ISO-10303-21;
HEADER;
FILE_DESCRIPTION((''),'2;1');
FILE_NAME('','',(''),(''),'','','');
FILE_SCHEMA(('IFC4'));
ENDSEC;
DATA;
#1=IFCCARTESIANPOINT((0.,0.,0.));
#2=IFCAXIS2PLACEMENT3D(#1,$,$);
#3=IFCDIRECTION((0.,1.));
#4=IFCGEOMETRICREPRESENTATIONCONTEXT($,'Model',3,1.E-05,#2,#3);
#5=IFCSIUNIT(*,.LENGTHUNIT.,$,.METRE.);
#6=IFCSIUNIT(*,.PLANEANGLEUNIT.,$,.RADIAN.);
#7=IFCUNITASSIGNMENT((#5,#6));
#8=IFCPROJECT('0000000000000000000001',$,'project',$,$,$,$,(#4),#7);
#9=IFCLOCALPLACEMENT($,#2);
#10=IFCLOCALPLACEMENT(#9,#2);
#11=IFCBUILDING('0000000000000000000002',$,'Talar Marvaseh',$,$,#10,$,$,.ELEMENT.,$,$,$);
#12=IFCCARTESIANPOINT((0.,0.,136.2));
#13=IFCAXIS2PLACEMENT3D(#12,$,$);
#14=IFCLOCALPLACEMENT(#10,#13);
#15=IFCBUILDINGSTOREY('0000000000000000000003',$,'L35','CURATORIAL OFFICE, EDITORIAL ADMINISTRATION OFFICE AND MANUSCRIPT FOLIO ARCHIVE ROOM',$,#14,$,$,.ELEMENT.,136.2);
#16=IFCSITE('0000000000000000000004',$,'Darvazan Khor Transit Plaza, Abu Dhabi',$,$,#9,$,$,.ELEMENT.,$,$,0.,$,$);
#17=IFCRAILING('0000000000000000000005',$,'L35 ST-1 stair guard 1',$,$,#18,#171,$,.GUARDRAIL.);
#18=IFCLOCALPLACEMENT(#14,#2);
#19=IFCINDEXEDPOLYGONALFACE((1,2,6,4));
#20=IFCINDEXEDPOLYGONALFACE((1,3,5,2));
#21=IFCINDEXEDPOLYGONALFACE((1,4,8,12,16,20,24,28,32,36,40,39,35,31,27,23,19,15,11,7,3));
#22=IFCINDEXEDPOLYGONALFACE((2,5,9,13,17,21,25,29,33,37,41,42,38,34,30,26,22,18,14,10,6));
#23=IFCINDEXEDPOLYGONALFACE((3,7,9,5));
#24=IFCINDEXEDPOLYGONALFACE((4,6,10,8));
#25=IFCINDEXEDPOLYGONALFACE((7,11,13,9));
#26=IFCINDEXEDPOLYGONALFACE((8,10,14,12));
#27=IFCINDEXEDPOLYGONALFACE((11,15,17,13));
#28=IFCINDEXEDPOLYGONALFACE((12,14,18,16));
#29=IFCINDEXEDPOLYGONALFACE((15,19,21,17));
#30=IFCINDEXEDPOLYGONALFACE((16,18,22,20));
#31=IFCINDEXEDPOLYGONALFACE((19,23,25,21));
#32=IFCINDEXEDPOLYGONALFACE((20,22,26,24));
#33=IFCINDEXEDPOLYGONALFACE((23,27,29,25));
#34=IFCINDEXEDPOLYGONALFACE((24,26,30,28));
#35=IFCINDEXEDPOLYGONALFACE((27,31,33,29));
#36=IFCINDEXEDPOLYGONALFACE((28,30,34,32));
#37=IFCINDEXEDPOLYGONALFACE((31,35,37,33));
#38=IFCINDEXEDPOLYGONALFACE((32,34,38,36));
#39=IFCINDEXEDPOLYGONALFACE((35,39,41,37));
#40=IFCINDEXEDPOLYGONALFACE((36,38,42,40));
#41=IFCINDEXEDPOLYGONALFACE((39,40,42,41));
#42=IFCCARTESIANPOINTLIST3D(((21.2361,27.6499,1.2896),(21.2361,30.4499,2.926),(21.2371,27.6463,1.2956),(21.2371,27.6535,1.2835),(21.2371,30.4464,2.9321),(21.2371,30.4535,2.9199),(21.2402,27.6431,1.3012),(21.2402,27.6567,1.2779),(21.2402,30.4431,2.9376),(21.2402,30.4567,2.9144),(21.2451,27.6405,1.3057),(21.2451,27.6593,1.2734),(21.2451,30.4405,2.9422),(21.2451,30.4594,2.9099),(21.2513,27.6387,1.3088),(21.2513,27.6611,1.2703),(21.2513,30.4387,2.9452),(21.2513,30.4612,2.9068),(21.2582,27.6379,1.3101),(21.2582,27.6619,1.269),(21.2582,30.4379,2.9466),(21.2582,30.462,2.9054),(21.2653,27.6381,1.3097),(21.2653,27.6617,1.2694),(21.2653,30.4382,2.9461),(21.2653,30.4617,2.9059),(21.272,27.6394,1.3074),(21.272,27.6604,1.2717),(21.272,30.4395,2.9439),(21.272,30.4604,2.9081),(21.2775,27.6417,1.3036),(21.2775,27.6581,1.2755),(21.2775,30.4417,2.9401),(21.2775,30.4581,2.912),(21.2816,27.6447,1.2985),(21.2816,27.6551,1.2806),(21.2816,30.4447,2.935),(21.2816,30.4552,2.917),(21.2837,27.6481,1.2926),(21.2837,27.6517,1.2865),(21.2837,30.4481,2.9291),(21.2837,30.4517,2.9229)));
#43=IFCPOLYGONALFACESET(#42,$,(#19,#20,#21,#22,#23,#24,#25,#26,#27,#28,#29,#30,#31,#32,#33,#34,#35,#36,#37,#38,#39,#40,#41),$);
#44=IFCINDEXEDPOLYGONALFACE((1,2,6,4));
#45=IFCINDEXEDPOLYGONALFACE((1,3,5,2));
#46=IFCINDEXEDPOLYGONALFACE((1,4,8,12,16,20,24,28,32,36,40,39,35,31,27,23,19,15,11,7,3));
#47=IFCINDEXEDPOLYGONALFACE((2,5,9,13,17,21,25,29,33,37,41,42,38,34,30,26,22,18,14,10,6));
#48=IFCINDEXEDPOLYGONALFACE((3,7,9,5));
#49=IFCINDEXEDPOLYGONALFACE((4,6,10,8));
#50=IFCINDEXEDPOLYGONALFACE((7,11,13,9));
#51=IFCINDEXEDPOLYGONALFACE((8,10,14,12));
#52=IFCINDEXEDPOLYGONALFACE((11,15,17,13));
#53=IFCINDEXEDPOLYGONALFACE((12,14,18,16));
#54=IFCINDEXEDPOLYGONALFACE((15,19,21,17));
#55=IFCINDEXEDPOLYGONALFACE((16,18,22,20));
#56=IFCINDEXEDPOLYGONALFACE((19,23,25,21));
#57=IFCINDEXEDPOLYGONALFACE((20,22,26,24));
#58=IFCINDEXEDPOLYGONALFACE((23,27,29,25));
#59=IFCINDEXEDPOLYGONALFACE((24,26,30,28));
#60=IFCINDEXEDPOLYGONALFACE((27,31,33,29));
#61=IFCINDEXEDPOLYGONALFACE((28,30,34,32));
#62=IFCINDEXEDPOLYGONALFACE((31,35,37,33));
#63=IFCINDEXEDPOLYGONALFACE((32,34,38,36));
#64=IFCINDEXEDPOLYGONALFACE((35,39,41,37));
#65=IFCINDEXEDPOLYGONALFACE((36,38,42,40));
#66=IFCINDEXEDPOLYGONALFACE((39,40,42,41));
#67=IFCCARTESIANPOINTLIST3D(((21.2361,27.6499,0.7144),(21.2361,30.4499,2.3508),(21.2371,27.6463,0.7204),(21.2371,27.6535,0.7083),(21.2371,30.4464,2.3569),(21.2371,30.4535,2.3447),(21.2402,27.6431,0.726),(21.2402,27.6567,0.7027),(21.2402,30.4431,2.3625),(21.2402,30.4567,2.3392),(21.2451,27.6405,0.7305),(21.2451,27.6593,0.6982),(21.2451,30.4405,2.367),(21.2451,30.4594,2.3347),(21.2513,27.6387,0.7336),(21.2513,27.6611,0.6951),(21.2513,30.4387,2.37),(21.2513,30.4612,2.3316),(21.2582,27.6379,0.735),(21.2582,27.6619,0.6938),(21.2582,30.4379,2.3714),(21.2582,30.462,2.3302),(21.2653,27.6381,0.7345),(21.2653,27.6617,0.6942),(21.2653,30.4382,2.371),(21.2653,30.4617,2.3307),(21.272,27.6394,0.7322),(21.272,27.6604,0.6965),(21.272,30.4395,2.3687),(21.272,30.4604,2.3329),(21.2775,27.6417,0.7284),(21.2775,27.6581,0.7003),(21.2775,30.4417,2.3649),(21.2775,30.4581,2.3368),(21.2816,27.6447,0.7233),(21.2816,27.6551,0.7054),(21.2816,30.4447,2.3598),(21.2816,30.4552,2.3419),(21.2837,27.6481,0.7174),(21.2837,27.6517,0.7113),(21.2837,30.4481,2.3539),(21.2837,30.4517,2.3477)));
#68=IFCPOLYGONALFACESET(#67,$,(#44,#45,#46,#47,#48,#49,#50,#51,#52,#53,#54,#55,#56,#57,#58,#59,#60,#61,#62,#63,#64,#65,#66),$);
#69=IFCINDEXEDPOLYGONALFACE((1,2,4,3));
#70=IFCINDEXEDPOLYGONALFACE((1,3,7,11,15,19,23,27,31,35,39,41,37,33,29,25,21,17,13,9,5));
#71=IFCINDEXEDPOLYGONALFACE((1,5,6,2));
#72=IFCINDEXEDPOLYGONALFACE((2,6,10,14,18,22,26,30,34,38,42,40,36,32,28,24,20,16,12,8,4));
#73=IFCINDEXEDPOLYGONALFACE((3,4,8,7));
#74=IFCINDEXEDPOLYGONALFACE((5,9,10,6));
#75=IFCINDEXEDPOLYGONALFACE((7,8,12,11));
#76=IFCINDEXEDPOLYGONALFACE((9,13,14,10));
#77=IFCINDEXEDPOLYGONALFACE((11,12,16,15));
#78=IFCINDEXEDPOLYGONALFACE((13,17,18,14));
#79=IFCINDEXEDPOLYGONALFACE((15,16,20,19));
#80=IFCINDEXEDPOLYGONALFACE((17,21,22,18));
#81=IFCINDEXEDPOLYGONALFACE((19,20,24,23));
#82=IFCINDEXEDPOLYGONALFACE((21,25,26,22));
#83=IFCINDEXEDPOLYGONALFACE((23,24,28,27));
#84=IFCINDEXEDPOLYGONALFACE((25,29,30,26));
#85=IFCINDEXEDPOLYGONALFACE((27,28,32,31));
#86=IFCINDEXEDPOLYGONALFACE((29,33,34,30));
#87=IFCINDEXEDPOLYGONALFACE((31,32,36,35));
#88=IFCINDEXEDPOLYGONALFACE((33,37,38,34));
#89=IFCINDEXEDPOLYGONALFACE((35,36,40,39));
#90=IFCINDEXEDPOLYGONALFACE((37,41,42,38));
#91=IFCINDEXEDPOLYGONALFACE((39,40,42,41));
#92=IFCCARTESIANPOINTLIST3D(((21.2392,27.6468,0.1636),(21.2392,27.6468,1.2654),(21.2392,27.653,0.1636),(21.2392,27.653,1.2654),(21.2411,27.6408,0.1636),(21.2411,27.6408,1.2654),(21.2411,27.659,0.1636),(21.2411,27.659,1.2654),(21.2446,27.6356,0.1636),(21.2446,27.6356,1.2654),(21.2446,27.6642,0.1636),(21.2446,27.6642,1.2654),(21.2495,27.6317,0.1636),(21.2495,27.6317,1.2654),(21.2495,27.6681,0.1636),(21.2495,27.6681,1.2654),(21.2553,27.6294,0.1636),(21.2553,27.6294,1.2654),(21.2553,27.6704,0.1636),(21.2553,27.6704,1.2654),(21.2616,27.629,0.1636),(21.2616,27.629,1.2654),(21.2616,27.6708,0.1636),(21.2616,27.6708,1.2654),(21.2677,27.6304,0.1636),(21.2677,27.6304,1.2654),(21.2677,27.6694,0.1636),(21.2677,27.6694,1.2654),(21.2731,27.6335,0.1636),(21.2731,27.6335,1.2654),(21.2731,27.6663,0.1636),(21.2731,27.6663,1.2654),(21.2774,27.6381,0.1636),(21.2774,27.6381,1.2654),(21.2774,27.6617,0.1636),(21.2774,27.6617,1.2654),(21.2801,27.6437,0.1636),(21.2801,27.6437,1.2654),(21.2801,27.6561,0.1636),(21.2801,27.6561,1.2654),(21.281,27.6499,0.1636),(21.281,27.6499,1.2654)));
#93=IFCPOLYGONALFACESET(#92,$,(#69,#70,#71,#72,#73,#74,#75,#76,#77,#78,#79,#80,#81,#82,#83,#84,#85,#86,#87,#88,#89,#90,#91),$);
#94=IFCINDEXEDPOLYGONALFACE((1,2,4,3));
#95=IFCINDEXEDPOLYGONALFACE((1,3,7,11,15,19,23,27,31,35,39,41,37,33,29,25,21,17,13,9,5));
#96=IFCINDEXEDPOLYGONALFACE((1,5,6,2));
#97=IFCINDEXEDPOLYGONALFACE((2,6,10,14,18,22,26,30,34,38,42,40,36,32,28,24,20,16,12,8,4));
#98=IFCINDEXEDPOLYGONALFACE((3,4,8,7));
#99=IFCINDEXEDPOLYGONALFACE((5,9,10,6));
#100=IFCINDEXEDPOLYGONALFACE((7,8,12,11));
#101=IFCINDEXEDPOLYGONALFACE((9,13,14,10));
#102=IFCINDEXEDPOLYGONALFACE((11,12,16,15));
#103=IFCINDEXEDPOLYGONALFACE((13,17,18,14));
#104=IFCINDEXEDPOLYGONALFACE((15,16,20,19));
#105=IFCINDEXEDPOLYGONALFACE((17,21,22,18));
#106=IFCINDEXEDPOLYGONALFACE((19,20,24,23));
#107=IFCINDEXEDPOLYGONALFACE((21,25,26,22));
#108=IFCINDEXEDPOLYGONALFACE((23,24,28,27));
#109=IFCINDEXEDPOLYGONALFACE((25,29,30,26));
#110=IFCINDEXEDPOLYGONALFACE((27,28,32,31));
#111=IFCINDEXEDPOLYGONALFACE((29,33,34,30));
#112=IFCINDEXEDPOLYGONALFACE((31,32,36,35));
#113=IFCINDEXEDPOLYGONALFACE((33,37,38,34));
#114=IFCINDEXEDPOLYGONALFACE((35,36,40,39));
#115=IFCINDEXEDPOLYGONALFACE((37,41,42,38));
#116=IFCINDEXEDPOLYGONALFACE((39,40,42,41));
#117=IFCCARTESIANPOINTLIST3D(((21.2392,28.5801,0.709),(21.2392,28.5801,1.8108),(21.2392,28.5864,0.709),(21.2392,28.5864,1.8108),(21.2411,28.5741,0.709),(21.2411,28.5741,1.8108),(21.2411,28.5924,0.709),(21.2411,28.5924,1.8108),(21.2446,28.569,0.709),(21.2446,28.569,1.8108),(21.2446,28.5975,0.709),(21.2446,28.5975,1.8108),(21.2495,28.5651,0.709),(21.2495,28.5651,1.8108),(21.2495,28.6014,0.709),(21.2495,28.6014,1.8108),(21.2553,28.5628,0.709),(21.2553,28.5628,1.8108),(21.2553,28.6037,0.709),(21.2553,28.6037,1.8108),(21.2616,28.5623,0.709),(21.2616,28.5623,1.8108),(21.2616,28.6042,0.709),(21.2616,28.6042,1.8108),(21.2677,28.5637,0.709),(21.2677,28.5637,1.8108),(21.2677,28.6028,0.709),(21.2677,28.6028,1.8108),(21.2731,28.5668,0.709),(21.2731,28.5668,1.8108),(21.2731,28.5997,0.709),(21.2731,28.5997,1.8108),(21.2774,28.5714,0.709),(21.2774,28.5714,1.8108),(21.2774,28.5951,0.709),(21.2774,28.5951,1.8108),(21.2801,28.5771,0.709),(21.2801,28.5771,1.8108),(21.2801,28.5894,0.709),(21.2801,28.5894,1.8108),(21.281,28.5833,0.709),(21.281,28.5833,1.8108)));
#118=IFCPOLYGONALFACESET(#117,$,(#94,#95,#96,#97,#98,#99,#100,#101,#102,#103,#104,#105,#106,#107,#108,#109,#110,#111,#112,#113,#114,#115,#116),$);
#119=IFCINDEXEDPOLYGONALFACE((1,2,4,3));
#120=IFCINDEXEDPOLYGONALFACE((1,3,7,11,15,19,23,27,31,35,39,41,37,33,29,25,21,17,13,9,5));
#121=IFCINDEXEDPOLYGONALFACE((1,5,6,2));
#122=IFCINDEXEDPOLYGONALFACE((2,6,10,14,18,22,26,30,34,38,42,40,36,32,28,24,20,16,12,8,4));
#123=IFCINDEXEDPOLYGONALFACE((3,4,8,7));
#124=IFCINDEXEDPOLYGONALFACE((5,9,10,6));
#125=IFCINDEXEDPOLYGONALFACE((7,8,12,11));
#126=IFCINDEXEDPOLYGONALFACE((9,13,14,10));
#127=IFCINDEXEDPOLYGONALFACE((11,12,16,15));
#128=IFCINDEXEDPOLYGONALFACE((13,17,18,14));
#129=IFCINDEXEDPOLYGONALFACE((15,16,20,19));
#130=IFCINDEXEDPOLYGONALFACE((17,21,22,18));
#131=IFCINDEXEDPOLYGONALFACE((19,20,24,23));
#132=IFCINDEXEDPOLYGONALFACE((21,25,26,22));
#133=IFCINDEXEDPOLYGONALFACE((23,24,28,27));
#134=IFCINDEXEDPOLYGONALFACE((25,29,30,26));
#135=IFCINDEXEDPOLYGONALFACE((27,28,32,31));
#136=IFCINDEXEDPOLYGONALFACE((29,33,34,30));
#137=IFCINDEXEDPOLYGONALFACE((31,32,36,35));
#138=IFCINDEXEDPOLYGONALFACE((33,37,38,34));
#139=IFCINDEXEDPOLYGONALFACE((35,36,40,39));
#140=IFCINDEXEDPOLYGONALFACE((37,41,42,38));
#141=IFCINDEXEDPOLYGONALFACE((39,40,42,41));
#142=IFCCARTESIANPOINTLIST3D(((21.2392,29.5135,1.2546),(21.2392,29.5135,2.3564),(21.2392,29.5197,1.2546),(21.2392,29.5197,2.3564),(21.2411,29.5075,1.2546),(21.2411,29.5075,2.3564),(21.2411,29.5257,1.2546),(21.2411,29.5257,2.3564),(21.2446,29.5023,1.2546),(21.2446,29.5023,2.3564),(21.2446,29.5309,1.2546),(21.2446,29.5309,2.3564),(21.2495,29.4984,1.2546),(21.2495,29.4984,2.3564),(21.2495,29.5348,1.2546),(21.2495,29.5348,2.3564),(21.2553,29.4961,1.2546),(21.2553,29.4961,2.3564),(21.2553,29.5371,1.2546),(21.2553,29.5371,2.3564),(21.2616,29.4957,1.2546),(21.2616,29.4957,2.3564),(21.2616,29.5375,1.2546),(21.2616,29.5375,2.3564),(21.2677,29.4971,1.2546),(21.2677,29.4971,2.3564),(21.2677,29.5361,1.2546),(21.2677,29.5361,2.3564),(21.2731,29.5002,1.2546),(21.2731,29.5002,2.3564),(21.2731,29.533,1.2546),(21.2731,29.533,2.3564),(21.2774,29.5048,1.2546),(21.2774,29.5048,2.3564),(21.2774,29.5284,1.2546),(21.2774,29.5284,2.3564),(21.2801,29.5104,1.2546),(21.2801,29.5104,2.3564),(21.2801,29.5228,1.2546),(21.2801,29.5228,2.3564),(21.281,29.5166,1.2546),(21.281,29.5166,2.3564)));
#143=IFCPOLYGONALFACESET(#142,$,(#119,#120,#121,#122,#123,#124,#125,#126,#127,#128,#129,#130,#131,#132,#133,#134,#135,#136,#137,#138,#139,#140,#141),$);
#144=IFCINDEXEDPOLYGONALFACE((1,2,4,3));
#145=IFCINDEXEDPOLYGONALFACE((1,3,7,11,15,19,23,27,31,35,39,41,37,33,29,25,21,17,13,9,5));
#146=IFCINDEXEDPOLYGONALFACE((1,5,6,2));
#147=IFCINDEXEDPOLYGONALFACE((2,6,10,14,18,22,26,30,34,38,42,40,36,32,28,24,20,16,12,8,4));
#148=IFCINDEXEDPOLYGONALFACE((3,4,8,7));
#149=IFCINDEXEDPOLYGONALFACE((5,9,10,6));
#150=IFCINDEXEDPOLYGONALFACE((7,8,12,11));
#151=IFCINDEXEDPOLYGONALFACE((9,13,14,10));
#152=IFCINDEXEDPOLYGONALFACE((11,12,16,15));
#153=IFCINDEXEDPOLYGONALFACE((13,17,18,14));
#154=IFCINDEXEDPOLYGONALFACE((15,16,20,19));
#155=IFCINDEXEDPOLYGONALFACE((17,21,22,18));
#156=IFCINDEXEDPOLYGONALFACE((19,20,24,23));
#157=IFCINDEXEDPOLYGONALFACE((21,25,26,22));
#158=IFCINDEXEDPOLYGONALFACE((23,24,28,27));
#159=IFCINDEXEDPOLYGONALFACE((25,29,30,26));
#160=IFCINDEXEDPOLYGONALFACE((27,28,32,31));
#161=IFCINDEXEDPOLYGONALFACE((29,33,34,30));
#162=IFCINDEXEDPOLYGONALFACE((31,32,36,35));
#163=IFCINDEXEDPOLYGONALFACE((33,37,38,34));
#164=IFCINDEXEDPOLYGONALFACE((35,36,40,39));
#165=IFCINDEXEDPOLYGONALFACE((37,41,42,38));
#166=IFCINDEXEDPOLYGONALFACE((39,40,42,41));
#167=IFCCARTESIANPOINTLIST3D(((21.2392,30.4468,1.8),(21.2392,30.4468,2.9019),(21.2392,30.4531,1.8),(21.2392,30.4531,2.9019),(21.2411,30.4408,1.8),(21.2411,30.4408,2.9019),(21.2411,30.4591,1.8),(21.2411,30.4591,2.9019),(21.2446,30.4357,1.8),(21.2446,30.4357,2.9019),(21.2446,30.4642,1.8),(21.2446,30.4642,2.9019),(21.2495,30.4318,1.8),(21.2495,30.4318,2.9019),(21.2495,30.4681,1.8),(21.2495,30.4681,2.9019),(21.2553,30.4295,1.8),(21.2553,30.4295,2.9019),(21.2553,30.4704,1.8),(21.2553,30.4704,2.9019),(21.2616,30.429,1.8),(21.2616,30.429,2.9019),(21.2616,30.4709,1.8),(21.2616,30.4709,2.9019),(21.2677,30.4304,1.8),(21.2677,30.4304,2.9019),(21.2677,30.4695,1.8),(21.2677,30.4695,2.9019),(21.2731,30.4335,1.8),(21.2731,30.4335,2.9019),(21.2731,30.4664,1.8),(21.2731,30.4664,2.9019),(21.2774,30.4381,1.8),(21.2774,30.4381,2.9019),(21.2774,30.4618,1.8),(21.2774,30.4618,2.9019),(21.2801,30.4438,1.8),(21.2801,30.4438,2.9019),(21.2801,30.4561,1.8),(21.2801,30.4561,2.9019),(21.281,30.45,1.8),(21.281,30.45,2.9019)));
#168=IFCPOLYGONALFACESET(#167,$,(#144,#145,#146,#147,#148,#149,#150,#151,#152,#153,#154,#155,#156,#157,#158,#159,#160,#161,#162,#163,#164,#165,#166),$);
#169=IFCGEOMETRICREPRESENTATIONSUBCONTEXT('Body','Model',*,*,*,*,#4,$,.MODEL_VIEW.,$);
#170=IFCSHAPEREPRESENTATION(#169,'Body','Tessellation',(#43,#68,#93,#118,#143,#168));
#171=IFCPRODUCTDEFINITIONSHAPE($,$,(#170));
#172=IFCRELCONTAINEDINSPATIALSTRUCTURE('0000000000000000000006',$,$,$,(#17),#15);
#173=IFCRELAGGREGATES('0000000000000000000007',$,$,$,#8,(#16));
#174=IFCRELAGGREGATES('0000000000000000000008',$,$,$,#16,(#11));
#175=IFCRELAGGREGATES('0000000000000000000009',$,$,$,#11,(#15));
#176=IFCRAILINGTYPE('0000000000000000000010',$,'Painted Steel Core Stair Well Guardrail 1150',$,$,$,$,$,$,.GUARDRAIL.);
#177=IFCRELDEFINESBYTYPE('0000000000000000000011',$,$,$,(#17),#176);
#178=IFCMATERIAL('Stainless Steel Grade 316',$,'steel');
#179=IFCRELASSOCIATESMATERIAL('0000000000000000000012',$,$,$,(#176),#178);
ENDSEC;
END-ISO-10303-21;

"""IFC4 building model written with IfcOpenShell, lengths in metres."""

from ifc_helpers import new_model, si_unit, direction, frame, origin, origin_2d, place, context, subcontext, project, spatial, circle, extrude, material, type_object, element, save


model = new_model("IFC4")

# Units and contexts
model_context = context("Model", 3, precision=1e-05, world=origin(), true_north=direction((0.0, 1.0)))
body_context = subcontext(model_context, "Body", "Model", "MODEL_VIEW")
ifc_project = project(units=[si_unit("LENGTHUNIT", "METRE"), si_unit("PLANEANGLEUNIT", "RADIAN")], contexts=[model_context])

# Site, building, storey
site_placement = place(None, origin())
site = spatial("IfcSite", under=ifc_project, at=site_placement, Name="Darvazan Khor Transit Plaza, Abu Dhabi", CompositionType="ELEMENT", RefElevation=0.0)
building_placement = place(site_placement, origin())
building = spatial("IfcBuilding", under=site, at=building_placement, Name="Talar Marvaseh", CompositionType="ELEMENT")
storey_placement = place(building_placement, frame((0.0, 0.0, 136.2)))
storey = spatial("IfcBuildingStorey", under=building, at=storey_placement, Name="L35", Description="CURATORIAL OFFICE, EDITORIAL ADMINISTRATION OFFICE AND MANUSCRIPT FOLIO ARCHIVE ROOM", CompositionType="ELEMENT", Elevation=136.2)

# Railing
ifc_material_1 = material(Name="Stainless Steel Grade 316", Category="steel")
railing_type_1 = type_object("IfcRailingType", Name="Painted Steel Core Stair Well Guardrail 1150", PredefinedType="GUARDRAIL", material=ifc_material_1)
railing_1_placement = place(storey_placement, frame((21.26, 27.6499, 0.1636)))
element("IfcRailing", 1, at=railing_1_placement, inside=storey, type_object=railing_type_1, Name="L35 ST-1 stair guard 1", PredefinedType="GUARDRAIL", context=body_context, shape_type="SweptSolid", body=[
    extrude(circle(Radius=0.0239, at=origin_2d()), frame((0.0, 0.0, 1.126), z_axis=(0.0, 0.863361, 0.504587), x_axis=(-1.0, 0.0, 0.0)), (0.0, 0.0, 1.0), 3.2432),
    extrude(circle(Radius=0.0239, at=origin_2d()), frame((0.0, 0.0, 0.5508), z_axis=(0.0, 0.863361, 0.504587), x_axis=(-1.0, 0.0, 0.0)), (0.0, 0.0, 1.0), 3.2432),
    extrude(circle(Radius=0.021, at=origin_2d()), origin(), (0.0, 0.0, 1.0), 1.1018),
    extrude(circle(Radius=0.021, at=origin_2d()), frame((0.0, 0.9333, 0.5454)), (0.0, 0.0, 1.0), 1.1018),
    extrude(circle(Radius=0.021, at=origin_2d()), frame((0.0, 1.8667, 1.0911)), (0.0, 0.0, 1.0), 1.1018),
    extrude(circle(Radius=0.021, at=origin_2d()), frame((0.0, 2.8, 1.6365)), (0.0, 0.0, 1.0), 1.1018),
])

save(model, "model.ifc")
